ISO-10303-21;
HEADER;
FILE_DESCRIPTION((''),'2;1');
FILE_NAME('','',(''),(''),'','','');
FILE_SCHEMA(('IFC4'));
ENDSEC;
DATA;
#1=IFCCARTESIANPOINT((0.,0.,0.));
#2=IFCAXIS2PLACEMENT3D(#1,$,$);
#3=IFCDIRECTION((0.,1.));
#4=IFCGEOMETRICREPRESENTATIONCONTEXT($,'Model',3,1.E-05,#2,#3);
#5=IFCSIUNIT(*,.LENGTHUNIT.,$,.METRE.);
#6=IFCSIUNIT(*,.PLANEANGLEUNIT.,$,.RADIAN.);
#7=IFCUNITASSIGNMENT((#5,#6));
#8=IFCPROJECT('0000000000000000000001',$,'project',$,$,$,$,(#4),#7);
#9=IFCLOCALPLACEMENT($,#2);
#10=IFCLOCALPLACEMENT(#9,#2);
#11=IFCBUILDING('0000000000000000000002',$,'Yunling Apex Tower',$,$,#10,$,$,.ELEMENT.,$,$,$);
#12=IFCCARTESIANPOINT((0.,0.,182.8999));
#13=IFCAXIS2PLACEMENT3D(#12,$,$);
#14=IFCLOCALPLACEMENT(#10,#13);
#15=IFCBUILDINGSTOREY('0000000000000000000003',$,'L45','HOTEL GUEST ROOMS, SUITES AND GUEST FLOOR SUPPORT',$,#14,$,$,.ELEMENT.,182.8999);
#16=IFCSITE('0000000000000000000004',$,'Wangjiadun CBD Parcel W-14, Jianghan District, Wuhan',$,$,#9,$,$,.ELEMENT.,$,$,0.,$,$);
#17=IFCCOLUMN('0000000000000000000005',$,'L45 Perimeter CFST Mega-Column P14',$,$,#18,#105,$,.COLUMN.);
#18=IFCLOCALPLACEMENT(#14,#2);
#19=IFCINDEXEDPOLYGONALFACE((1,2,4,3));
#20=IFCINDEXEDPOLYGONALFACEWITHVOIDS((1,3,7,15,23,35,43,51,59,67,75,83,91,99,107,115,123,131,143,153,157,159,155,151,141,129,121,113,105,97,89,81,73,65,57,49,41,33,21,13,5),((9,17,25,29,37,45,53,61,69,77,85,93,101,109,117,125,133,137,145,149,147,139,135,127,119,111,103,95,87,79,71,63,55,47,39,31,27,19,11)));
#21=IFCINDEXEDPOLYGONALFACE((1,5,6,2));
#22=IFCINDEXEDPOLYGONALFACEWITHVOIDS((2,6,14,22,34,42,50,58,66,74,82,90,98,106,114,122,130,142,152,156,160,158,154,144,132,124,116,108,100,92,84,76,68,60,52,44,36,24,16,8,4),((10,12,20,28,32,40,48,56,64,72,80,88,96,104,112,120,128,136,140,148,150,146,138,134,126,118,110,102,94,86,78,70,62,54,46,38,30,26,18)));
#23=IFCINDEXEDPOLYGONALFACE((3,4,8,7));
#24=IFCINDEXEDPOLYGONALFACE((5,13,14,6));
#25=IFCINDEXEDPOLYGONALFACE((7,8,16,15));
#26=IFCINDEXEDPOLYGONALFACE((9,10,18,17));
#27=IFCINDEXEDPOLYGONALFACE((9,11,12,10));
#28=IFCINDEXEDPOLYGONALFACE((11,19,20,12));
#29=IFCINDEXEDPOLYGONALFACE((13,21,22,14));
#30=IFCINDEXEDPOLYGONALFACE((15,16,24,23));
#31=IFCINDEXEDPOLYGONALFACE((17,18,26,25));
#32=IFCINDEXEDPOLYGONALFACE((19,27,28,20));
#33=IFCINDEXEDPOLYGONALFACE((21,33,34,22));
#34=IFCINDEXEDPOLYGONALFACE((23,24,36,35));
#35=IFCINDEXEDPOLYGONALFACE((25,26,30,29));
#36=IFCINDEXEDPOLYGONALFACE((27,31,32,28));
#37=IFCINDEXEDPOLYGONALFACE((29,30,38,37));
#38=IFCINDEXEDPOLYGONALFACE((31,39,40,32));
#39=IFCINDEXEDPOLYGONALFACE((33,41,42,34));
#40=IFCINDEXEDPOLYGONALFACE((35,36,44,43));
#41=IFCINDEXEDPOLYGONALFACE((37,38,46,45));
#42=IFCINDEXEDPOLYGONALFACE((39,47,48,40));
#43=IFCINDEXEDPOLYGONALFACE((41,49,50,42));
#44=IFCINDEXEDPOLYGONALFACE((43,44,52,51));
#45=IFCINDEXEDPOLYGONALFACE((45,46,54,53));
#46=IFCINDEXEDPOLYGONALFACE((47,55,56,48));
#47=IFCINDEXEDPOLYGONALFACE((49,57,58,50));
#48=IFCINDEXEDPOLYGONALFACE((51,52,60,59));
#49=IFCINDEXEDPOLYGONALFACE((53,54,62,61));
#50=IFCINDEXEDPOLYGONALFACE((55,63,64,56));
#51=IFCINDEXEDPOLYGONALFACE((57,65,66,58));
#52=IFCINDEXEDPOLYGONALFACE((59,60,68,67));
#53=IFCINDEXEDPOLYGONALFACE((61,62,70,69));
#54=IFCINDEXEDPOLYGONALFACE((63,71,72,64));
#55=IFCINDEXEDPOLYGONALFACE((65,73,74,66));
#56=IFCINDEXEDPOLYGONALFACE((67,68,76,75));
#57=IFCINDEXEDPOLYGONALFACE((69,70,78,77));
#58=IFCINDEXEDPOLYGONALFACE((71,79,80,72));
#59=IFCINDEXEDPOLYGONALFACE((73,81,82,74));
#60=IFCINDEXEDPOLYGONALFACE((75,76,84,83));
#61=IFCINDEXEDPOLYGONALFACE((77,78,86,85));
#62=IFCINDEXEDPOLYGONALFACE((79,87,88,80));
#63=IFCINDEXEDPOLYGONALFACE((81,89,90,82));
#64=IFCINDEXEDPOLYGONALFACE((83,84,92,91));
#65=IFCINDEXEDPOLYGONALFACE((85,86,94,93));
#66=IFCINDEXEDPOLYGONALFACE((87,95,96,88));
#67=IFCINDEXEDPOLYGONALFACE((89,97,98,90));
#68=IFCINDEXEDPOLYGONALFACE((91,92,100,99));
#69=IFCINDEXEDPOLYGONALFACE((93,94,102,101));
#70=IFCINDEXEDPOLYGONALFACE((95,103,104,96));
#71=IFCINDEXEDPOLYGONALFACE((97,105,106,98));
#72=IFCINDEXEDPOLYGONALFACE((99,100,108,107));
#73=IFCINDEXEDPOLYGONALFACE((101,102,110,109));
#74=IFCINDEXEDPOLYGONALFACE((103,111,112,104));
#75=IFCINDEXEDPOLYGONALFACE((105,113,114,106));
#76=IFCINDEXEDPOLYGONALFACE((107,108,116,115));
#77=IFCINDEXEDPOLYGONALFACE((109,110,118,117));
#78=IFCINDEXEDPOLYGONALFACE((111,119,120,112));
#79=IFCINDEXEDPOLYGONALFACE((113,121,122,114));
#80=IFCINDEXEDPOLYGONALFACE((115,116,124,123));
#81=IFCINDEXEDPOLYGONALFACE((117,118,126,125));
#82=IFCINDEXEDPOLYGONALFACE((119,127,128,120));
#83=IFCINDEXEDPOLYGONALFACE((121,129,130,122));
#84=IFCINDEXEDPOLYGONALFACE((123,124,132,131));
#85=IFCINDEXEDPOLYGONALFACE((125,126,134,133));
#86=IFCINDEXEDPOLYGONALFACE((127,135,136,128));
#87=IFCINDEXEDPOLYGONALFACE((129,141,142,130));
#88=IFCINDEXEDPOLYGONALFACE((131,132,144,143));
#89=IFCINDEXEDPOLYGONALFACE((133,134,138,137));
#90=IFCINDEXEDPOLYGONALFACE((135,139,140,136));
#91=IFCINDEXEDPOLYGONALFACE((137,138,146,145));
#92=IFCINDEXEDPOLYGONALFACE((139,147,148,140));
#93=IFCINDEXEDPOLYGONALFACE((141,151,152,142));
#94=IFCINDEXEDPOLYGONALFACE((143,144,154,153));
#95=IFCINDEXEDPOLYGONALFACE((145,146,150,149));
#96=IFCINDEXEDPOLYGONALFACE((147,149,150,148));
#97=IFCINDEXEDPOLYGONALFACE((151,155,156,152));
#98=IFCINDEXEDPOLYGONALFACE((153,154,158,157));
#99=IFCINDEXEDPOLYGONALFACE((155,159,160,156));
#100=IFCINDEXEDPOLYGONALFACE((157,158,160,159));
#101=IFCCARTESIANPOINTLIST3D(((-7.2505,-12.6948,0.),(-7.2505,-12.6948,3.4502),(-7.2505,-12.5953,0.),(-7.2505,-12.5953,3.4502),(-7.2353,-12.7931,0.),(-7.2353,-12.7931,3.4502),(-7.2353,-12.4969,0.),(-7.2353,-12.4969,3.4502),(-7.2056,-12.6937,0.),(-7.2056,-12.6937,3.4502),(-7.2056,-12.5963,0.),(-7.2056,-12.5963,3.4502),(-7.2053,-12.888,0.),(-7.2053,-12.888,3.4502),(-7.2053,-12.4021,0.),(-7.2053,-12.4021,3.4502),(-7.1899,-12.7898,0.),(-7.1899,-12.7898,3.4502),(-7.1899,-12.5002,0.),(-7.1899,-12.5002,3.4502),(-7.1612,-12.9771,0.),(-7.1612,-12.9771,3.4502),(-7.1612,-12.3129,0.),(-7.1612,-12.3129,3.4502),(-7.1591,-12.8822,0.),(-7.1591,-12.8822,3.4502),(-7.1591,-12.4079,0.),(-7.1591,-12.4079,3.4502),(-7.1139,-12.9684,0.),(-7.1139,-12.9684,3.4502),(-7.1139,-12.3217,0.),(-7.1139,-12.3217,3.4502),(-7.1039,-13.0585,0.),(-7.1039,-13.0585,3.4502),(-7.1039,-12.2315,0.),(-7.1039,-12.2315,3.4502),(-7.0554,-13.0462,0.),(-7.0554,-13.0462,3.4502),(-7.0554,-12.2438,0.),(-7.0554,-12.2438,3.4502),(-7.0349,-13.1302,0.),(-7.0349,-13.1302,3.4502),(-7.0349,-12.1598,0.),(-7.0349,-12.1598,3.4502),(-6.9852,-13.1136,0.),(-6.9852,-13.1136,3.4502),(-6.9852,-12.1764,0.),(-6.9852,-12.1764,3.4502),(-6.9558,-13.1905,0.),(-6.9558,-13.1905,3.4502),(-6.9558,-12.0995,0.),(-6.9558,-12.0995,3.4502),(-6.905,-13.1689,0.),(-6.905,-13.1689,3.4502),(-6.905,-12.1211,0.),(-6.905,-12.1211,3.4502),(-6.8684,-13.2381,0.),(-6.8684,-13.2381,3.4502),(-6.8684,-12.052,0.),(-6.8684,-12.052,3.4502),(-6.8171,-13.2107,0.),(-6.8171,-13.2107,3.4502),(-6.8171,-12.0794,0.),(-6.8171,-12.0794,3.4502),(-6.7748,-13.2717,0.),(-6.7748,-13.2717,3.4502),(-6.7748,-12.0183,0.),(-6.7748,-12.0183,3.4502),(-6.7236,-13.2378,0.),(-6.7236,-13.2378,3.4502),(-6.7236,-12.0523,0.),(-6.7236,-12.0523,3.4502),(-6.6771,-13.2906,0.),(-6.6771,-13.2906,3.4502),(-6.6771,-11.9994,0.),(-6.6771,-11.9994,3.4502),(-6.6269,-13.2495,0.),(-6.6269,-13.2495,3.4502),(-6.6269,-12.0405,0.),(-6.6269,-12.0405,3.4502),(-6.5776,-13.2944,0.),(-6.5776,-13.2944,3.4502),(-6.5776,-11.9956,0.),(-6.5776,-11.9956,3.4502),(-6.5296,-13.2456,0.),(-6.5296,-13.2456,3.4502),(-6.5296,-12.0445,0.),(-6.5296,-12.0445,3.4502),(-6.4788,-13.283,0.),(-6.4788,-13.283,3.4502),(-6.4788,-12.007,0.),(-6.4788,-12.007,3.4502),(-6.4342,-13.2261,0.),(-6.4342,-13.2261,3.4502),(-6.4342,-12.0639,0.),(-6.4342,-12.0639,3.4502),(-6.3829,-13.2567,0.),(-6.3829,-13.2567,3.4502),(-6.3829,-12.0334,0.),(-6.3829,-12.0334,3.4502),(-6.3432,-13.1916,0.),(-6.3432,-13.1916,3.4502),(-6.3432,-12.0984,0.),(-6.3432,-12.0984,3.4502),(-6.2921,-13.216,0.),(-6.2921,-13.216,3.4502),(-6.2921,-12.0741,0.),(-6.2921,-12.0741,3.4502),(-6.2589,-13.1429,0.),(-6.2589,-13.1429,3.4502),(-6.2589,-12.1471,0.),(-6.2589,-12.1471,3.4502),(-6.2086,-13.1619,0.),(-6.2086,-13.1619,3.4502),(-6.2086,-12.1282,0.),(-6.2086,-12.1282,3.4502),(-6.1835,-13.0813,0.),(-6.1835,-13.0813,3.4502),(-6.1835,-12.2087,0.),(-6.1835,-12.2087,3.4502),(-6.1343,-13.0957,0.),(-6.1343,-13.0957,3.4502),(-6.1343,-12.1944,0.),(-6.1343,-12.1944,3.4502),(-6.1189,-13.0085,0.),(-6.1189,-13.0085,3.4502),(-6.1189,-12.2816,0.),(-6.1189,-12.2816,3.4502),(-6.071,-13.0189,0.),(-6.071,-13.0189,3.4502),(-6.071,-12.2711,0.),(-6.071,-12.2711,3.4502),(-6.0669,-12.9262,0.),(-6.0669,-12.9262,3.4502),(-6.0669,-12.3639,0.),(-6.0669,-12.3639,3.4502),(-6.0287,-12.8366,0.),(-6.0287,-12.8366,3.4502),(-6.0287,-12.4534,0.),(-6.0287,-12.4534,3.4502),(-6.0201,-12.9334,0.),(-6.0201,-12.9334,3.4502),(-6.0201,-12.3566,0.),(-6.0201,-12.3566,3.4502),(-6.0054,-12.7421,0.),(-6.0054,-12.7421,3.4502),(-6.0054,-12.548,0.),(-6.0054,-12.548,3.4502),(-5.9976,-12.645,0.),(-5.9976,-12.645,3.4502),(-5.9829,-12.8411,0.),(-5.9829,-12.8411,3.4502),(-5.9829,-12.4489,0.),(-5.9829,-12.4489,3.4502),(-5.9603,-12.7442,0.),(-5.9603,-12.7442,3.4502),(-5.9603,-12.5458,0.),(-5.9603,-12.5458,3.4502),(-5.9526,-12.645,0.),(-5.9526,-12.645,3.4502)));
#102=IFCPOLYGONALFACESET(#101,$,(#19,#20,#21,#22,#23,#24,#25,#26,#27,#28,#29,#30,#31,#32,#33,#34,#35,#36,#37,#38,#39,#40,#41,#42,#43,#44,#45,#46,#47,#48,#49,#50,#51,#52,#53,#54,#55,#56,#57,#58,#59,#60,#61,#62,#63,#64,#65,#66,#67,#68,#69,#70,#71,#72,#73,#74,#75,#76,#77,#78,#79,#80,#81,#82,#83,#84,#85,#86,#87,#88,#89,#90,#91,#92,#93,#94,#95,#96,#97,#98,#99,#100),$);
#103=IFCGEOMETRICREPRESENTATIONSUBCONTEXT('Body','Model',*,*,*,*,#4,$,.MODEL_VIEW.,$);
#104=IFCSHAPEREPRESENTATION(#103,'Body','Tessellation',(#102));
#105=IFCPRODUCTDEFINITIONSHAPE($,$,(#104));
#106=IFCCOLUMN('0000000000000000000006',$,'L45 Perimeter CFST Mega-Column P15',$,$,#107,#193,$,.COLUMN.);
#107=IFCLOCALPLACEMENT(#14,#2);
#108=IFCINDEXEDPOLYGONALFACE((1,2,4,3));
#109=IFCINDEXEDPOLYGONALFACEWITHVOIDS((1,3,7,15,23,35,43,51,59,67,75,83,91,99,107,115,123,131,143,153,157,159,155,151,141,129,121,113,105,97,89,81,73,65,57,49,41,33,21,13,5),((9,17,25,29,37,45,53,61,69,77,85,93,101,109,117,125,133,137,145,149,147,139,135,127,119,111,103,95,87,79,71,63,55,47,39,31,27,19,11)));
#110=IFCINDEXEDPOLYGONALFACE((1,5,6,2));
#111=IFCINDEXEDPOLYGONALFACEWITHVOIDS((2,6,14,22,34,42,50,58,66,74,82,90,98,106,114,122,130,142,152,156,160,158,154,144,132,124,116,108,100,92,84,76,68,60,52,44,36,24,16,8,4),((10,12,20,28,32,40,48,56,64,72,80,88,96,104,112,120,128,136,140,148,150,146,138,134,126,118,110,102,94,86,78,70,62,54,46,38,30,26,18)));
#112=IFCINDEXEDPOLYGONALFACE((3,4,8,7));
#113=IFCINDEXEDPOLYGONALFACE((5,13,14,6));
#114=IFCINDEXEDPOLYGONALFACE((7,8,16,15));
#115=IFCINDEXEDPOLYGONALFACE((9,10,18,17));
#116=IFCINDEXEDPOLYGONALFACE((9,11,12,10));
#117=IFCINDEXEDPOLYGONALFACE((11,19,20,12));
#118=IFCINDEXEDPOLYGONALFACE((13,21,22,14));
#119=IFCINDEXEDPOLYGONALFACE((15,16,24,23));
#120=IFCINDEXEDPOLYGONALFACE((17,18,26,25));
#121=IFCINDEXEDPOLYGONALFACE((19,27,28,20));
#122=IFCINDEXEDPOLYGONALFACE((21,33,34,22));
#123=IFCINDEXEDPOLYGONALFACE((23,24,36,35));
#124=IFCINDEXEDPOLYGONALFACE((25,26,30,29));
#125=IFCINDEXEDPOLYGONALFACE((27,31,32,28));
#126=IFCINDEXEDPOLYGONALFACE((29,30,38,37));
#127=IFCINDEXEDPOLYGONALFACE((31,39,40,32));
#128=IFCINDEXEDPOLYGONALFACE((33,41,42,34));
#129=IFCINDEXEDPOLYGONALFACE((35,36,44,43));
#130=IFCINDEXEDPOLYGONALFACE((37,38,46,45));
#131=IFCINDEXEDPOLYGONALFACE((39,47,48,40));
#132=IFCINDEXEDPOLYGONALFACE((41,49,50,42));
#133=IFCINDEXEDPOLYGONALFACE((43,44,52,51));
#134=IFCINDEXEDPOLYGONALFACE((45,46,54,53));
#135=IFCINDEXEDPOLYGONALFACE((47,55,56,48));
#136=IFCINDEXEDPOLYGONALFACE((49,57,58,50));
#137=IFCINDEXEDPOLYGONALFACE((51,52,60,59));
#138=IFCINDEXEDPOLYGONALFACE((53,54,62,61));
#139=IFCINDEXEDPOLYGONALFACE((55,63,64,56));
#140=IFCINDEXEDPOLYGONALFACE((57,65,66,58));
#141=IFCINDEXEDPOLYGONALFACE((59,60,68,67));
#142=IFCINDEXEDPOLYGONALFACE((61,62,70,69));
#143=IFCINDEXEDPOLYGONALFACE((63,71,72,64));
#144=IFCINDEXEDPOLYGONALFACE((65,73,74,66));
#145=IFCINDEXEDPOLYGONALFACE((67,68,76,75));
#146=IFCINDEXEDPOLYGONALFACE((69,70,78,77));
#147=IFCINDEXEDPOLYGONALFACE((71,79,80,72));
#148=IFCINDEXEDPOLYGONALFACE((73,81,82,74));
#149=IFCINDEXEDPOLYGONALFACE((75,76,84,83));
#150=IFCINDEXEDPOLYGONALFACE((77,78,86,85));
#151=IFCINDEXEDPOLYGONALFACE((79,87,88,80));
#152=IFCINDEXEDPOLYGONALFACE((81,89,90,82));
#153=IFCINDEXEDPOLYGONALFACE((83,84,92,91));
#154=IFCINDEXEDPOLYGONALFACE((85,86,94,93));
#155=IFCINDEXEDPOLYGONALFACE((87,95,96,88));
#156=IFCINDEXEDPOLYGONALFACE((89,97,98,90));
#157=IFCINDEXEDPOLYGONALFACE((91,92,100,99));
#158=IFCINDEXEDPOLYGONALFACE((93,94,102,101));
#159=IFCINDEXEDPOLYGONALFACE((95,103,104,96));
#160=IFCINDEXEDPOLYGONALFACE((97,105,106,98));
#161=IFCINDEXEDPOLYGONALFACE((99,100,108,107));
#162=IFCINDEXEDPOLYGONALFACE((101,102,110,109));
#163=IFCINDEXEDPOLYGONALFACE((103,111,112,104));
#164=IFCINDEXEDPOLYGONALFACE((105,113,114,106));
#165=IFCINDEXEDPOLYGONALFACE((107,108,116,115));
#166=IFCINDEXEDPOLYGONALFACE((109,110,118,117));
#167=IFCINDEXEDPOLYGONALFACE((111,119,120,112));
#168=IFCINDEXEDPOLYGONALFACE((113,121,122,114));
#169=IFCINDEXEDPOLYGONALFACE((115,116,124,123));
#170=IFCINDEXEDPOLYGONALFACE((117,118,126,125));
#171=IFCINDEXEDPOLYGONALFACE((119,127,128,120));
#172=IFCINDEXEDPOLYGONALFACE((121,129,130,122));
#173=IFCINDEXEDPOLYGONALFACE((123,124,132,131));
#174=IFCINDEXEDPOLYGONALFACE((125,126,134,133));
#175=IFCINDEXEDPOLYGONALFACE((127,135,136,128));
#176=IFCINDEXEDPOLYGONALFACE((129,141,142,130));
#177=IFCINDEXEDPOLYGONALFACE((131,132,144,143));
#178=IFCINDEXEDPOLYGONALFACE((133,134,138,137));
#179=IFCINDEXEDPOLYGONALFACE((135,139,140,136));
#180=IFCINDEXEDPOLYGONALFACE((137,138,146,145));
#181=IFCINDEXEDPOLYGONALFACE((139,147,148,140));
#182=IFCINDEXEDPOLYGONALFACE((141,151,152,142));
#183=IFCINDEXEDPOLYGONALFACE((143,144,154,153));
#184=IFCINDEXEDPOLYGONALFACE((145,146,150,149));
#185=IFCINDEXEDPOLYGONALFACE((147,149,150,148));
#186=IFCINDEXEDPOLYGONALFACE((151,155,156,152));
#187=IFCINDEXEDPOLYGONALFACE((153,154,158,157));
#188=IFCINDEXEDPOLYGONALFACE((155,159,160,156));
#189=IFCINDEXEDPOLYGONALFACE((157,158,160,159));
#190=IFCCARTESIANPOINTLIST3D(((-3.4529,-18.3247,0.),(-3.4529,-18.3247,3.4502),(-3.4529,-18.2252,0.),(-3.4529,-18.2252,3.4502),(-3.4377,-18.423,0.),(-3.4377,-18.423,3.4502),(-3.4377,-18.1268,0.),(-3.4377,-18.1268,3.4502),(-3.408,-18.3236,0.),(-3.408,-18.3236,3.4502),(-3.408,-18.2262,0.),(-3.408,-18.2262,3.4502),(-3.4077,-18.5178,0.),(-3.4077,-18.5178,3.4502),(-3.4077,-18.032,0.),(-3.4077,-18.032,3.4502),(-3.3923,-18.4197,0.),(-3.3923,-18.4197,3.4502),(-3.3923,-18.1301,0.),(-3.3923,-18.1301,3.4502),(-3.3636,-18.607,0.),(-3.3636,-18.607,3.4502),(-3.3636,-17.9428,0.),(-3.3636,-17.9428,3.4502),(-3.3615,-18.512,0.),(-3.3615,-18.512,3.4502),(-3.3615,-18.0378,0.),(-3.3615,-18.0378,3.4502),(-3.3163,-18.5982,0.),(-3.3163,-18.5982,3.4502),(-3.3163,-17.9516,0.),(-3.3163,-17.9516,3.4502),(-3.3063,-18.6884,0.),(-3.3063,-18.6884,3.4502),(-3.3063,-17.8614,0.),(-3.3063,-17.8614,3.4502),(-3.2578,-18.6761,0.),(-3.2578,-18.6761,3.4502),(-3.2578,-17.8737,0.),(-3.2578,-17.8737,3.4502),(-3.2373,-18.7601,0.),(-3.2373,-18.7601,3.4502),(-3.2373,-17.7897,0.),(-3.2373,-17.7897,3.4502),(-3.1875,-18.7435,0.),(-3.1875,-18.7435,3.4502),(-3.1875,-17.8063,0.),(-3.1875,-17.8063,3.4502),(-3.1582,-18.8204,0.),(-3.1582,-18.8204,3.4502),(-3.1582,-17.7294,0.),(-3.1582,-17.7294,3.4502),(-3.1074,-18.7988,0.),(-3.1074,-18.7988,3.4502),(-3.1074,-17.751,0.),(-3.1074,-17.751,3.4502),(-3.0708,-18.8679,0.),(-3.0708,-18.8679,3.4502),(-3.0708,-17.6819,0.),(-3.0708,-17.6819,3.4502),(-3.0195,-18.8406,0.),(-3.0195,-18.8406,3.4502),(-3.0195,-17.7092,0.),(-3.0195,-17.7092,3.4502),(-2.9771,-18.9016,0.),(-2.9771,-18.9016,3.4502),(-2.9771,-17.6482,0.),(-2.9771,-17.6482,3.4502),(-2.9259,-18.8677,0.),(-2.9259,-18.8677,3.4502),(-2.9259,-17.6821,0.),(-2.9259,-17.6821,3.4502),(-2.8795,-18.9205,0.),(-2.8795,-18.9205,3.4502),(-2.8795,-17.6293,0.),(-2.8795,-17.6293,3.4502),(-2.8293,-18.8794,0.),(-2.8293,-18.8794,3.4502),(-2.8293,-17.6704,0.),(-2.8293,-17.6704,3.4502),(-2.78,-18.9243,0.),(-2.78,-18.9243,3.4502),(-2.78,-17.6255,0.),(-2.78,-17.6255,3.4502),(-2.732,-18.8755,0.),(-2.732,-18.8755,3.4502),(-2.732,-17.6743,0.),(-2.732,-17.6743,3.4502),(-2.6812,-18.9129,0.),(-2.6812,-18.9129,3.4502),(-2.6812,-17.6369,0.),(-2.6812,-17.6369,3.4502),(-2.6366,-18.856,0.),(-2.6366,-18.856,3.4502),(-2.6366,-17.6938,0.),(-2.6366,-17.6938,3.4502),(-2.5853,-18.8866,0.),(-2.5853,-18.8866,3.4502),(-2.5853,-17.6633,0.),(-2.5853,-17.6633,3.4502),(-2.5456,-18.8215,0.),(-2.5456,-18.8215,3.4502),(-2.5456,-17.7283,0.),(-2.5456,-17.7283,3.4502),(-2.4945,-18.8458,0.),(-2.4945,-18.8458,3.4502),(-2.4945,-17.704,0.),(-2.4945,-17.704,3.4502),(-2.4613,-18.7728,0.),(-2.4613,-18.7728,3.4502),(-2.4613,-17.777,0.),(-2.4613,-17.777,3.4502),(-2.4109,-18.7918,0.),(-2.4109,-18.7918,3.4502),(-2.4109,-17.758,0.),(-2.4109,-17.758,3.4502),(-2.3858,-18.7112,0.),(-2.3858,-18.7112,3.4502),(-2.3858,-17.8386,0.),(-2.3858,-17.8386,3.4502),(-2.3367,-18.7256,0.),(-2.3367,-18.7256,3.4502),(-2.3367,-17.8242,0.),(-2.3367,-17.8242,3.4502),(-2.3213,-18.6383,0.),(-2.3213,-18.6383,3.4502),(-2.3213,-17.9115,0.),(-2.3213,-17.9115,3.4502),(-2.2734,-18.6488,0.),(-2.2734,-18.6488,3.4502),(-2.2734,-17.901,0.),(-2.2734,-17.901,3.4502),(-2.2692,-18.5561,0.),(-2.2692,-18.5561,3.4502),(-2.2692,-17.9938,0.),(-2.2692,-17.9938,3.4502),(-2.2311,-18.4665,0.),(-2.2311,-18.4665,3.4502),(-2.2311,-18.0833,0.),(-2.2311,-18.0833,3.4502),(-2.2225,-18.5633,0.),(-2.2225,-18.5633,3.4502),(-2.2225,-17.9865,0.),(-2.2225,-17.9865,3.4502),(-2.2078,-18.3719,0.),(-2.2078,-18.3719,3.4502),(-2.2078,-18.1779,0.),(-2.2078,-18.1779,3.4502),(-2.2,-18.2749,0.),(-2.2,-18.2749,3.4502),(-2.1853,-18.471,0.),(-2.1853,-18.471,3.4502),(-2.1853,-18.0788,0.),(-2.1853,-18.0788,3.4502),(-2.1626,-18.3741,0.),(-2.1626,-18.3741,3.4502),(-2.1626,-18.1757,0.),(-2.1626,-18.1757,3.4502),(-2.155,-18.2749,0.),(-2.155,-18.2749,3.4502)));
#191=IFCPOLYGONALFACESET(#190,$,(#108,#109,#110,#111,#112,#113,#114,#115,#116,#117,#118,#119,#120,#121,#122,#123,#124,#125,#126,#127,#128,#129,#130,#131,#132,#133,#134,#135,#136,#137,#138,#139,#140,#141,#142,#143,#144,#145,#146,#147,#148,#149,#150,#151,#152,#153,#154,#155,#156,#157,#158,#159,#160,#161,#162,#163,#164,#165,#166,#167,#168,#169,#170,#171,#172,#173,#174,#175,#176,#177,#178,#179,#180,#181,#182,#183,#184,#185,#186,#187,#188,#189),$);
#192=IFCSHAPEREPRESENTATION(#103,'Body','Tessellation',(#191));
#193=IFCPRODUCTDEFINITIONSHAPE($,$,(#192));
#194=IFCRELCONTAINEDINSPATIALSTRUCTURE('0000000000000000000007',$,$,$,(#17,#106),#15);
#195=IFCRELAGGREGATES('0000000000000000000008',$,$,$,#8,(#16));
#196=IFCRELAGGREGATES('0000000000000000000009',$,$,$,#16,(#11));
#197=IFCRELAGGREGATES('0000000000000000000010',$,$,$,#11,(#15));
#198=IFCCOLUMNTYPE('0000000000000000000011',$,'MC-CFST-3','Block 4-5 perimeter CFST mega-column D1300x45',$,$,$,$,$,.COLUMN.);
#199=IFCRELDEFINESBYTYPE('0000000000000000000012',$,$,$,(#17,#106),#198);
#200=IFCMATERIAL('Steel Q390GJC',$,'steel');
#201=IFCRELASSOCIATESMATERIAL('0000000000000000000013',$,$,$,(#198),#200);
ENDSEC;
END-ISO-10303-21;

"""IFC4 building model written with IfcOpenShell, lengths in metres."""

from ifc_helpers import new_model, si_unit, direction, frame, origin, origin_2d, place, context, subcontext, project, spatial, hollow_circle, extrude, source, transform, mapped, material, material_profile, profile_set, type_object, element, save


model = new_model("IFC4")

# Units and contexts
model_context = context("Model", 3, precision=1e-05, world=origin(), true_north=direction((0.0, 1.0)))
body_context = subcontext(model_context, "Body", "Model", "MODEL_VIEW")
ifc_project = project(units=[si_unit("LENGTHUNIT", "METRE"), si_unit("PLANEANGLEUNIT", "RADIAN")], contexts=[model_context])

# Site, building, storey
site_placement = place(None, origin())
site = spatial("IfcSite", under=ifc_project, at=site_placement, Name="Wangjiadun CBD Parcel W-14, Jianghan District, Wuhan", CompositionType="ELEMENT", RefElevation=0.0)
building_placement = place(site_placement, origin())
building = spatial("IfcBuilding", under=site, at=building_placement, Name="Yunling Apex Tower", CompositionType="ELEMENT")
storey_placement = place(building_placement, frame((0.0, 0.0, 182.8999)))
storey = spatial("IfcBuildingStorey", under=building, at=storey_placement, Name="L45", Description="HOTEL GUEST ROOMS, SUITES AND GUEST FLOOR SUPPORT", CompositionType="ELEMENT", Elevation=182.8999)

# Columns
ifc_material_1 = material(Name="Steel Q390GJC", Category="steel")
ifc_material_profile_1 = material_profile(ifc_material_1, hollow_circle(Radius=0.6499, WallThickness=0.0449, at=origin_2d()))
ifc_profile_set_1 = profile_set([ifc_material_profile_1], Name="Steel Q390GJC")
column_type = type_object("IfcColumnType", Name="MC-CFST-3", Description="Block 4-5 perimeter CFST mega-column D1300x45", PredefinedType="COLUMN", material=ifc_profile_set_1)
shared_shape_1 = source(origin(), body_context, "Body", "SweptSolid", [
    extrude(hollow_circle(Radius=0.6499, WallThickness=0.0449, at=origin_2d()), origin(), (0.0, 0.0, 1.0), 3.4502),
])
for number, where, z_axis, x_axis, name in (
    (1, (-6.6025, -12.645, 0.0), (0.0, 0.0, 1.0), (1.0, 0.0, 0.0), "L45 Perimeter CFST Mega-Column P14"),
    (2, (-2.8049, -18.2749, 0.0), (0.0, 0.0, 1.0), (1.0, 0.0, 0.0), "L45 Perimeter CFST Mega-Column P15"),
):
    element("IfcColumn", number, at=place(storey_placement, frame(where, z_axis=z_axis, x_axis=x_axis)), inside=storey, type_object=column_type, Name=name, PredefinedType="COLUMN", context=body_context, shape_type="MappedRepresentation", body=[
        mapped(shared_shape_1, transform((0.0, 0.0, 0.0), scale=1.0)),
    ])

save(model, "model.ifc")
